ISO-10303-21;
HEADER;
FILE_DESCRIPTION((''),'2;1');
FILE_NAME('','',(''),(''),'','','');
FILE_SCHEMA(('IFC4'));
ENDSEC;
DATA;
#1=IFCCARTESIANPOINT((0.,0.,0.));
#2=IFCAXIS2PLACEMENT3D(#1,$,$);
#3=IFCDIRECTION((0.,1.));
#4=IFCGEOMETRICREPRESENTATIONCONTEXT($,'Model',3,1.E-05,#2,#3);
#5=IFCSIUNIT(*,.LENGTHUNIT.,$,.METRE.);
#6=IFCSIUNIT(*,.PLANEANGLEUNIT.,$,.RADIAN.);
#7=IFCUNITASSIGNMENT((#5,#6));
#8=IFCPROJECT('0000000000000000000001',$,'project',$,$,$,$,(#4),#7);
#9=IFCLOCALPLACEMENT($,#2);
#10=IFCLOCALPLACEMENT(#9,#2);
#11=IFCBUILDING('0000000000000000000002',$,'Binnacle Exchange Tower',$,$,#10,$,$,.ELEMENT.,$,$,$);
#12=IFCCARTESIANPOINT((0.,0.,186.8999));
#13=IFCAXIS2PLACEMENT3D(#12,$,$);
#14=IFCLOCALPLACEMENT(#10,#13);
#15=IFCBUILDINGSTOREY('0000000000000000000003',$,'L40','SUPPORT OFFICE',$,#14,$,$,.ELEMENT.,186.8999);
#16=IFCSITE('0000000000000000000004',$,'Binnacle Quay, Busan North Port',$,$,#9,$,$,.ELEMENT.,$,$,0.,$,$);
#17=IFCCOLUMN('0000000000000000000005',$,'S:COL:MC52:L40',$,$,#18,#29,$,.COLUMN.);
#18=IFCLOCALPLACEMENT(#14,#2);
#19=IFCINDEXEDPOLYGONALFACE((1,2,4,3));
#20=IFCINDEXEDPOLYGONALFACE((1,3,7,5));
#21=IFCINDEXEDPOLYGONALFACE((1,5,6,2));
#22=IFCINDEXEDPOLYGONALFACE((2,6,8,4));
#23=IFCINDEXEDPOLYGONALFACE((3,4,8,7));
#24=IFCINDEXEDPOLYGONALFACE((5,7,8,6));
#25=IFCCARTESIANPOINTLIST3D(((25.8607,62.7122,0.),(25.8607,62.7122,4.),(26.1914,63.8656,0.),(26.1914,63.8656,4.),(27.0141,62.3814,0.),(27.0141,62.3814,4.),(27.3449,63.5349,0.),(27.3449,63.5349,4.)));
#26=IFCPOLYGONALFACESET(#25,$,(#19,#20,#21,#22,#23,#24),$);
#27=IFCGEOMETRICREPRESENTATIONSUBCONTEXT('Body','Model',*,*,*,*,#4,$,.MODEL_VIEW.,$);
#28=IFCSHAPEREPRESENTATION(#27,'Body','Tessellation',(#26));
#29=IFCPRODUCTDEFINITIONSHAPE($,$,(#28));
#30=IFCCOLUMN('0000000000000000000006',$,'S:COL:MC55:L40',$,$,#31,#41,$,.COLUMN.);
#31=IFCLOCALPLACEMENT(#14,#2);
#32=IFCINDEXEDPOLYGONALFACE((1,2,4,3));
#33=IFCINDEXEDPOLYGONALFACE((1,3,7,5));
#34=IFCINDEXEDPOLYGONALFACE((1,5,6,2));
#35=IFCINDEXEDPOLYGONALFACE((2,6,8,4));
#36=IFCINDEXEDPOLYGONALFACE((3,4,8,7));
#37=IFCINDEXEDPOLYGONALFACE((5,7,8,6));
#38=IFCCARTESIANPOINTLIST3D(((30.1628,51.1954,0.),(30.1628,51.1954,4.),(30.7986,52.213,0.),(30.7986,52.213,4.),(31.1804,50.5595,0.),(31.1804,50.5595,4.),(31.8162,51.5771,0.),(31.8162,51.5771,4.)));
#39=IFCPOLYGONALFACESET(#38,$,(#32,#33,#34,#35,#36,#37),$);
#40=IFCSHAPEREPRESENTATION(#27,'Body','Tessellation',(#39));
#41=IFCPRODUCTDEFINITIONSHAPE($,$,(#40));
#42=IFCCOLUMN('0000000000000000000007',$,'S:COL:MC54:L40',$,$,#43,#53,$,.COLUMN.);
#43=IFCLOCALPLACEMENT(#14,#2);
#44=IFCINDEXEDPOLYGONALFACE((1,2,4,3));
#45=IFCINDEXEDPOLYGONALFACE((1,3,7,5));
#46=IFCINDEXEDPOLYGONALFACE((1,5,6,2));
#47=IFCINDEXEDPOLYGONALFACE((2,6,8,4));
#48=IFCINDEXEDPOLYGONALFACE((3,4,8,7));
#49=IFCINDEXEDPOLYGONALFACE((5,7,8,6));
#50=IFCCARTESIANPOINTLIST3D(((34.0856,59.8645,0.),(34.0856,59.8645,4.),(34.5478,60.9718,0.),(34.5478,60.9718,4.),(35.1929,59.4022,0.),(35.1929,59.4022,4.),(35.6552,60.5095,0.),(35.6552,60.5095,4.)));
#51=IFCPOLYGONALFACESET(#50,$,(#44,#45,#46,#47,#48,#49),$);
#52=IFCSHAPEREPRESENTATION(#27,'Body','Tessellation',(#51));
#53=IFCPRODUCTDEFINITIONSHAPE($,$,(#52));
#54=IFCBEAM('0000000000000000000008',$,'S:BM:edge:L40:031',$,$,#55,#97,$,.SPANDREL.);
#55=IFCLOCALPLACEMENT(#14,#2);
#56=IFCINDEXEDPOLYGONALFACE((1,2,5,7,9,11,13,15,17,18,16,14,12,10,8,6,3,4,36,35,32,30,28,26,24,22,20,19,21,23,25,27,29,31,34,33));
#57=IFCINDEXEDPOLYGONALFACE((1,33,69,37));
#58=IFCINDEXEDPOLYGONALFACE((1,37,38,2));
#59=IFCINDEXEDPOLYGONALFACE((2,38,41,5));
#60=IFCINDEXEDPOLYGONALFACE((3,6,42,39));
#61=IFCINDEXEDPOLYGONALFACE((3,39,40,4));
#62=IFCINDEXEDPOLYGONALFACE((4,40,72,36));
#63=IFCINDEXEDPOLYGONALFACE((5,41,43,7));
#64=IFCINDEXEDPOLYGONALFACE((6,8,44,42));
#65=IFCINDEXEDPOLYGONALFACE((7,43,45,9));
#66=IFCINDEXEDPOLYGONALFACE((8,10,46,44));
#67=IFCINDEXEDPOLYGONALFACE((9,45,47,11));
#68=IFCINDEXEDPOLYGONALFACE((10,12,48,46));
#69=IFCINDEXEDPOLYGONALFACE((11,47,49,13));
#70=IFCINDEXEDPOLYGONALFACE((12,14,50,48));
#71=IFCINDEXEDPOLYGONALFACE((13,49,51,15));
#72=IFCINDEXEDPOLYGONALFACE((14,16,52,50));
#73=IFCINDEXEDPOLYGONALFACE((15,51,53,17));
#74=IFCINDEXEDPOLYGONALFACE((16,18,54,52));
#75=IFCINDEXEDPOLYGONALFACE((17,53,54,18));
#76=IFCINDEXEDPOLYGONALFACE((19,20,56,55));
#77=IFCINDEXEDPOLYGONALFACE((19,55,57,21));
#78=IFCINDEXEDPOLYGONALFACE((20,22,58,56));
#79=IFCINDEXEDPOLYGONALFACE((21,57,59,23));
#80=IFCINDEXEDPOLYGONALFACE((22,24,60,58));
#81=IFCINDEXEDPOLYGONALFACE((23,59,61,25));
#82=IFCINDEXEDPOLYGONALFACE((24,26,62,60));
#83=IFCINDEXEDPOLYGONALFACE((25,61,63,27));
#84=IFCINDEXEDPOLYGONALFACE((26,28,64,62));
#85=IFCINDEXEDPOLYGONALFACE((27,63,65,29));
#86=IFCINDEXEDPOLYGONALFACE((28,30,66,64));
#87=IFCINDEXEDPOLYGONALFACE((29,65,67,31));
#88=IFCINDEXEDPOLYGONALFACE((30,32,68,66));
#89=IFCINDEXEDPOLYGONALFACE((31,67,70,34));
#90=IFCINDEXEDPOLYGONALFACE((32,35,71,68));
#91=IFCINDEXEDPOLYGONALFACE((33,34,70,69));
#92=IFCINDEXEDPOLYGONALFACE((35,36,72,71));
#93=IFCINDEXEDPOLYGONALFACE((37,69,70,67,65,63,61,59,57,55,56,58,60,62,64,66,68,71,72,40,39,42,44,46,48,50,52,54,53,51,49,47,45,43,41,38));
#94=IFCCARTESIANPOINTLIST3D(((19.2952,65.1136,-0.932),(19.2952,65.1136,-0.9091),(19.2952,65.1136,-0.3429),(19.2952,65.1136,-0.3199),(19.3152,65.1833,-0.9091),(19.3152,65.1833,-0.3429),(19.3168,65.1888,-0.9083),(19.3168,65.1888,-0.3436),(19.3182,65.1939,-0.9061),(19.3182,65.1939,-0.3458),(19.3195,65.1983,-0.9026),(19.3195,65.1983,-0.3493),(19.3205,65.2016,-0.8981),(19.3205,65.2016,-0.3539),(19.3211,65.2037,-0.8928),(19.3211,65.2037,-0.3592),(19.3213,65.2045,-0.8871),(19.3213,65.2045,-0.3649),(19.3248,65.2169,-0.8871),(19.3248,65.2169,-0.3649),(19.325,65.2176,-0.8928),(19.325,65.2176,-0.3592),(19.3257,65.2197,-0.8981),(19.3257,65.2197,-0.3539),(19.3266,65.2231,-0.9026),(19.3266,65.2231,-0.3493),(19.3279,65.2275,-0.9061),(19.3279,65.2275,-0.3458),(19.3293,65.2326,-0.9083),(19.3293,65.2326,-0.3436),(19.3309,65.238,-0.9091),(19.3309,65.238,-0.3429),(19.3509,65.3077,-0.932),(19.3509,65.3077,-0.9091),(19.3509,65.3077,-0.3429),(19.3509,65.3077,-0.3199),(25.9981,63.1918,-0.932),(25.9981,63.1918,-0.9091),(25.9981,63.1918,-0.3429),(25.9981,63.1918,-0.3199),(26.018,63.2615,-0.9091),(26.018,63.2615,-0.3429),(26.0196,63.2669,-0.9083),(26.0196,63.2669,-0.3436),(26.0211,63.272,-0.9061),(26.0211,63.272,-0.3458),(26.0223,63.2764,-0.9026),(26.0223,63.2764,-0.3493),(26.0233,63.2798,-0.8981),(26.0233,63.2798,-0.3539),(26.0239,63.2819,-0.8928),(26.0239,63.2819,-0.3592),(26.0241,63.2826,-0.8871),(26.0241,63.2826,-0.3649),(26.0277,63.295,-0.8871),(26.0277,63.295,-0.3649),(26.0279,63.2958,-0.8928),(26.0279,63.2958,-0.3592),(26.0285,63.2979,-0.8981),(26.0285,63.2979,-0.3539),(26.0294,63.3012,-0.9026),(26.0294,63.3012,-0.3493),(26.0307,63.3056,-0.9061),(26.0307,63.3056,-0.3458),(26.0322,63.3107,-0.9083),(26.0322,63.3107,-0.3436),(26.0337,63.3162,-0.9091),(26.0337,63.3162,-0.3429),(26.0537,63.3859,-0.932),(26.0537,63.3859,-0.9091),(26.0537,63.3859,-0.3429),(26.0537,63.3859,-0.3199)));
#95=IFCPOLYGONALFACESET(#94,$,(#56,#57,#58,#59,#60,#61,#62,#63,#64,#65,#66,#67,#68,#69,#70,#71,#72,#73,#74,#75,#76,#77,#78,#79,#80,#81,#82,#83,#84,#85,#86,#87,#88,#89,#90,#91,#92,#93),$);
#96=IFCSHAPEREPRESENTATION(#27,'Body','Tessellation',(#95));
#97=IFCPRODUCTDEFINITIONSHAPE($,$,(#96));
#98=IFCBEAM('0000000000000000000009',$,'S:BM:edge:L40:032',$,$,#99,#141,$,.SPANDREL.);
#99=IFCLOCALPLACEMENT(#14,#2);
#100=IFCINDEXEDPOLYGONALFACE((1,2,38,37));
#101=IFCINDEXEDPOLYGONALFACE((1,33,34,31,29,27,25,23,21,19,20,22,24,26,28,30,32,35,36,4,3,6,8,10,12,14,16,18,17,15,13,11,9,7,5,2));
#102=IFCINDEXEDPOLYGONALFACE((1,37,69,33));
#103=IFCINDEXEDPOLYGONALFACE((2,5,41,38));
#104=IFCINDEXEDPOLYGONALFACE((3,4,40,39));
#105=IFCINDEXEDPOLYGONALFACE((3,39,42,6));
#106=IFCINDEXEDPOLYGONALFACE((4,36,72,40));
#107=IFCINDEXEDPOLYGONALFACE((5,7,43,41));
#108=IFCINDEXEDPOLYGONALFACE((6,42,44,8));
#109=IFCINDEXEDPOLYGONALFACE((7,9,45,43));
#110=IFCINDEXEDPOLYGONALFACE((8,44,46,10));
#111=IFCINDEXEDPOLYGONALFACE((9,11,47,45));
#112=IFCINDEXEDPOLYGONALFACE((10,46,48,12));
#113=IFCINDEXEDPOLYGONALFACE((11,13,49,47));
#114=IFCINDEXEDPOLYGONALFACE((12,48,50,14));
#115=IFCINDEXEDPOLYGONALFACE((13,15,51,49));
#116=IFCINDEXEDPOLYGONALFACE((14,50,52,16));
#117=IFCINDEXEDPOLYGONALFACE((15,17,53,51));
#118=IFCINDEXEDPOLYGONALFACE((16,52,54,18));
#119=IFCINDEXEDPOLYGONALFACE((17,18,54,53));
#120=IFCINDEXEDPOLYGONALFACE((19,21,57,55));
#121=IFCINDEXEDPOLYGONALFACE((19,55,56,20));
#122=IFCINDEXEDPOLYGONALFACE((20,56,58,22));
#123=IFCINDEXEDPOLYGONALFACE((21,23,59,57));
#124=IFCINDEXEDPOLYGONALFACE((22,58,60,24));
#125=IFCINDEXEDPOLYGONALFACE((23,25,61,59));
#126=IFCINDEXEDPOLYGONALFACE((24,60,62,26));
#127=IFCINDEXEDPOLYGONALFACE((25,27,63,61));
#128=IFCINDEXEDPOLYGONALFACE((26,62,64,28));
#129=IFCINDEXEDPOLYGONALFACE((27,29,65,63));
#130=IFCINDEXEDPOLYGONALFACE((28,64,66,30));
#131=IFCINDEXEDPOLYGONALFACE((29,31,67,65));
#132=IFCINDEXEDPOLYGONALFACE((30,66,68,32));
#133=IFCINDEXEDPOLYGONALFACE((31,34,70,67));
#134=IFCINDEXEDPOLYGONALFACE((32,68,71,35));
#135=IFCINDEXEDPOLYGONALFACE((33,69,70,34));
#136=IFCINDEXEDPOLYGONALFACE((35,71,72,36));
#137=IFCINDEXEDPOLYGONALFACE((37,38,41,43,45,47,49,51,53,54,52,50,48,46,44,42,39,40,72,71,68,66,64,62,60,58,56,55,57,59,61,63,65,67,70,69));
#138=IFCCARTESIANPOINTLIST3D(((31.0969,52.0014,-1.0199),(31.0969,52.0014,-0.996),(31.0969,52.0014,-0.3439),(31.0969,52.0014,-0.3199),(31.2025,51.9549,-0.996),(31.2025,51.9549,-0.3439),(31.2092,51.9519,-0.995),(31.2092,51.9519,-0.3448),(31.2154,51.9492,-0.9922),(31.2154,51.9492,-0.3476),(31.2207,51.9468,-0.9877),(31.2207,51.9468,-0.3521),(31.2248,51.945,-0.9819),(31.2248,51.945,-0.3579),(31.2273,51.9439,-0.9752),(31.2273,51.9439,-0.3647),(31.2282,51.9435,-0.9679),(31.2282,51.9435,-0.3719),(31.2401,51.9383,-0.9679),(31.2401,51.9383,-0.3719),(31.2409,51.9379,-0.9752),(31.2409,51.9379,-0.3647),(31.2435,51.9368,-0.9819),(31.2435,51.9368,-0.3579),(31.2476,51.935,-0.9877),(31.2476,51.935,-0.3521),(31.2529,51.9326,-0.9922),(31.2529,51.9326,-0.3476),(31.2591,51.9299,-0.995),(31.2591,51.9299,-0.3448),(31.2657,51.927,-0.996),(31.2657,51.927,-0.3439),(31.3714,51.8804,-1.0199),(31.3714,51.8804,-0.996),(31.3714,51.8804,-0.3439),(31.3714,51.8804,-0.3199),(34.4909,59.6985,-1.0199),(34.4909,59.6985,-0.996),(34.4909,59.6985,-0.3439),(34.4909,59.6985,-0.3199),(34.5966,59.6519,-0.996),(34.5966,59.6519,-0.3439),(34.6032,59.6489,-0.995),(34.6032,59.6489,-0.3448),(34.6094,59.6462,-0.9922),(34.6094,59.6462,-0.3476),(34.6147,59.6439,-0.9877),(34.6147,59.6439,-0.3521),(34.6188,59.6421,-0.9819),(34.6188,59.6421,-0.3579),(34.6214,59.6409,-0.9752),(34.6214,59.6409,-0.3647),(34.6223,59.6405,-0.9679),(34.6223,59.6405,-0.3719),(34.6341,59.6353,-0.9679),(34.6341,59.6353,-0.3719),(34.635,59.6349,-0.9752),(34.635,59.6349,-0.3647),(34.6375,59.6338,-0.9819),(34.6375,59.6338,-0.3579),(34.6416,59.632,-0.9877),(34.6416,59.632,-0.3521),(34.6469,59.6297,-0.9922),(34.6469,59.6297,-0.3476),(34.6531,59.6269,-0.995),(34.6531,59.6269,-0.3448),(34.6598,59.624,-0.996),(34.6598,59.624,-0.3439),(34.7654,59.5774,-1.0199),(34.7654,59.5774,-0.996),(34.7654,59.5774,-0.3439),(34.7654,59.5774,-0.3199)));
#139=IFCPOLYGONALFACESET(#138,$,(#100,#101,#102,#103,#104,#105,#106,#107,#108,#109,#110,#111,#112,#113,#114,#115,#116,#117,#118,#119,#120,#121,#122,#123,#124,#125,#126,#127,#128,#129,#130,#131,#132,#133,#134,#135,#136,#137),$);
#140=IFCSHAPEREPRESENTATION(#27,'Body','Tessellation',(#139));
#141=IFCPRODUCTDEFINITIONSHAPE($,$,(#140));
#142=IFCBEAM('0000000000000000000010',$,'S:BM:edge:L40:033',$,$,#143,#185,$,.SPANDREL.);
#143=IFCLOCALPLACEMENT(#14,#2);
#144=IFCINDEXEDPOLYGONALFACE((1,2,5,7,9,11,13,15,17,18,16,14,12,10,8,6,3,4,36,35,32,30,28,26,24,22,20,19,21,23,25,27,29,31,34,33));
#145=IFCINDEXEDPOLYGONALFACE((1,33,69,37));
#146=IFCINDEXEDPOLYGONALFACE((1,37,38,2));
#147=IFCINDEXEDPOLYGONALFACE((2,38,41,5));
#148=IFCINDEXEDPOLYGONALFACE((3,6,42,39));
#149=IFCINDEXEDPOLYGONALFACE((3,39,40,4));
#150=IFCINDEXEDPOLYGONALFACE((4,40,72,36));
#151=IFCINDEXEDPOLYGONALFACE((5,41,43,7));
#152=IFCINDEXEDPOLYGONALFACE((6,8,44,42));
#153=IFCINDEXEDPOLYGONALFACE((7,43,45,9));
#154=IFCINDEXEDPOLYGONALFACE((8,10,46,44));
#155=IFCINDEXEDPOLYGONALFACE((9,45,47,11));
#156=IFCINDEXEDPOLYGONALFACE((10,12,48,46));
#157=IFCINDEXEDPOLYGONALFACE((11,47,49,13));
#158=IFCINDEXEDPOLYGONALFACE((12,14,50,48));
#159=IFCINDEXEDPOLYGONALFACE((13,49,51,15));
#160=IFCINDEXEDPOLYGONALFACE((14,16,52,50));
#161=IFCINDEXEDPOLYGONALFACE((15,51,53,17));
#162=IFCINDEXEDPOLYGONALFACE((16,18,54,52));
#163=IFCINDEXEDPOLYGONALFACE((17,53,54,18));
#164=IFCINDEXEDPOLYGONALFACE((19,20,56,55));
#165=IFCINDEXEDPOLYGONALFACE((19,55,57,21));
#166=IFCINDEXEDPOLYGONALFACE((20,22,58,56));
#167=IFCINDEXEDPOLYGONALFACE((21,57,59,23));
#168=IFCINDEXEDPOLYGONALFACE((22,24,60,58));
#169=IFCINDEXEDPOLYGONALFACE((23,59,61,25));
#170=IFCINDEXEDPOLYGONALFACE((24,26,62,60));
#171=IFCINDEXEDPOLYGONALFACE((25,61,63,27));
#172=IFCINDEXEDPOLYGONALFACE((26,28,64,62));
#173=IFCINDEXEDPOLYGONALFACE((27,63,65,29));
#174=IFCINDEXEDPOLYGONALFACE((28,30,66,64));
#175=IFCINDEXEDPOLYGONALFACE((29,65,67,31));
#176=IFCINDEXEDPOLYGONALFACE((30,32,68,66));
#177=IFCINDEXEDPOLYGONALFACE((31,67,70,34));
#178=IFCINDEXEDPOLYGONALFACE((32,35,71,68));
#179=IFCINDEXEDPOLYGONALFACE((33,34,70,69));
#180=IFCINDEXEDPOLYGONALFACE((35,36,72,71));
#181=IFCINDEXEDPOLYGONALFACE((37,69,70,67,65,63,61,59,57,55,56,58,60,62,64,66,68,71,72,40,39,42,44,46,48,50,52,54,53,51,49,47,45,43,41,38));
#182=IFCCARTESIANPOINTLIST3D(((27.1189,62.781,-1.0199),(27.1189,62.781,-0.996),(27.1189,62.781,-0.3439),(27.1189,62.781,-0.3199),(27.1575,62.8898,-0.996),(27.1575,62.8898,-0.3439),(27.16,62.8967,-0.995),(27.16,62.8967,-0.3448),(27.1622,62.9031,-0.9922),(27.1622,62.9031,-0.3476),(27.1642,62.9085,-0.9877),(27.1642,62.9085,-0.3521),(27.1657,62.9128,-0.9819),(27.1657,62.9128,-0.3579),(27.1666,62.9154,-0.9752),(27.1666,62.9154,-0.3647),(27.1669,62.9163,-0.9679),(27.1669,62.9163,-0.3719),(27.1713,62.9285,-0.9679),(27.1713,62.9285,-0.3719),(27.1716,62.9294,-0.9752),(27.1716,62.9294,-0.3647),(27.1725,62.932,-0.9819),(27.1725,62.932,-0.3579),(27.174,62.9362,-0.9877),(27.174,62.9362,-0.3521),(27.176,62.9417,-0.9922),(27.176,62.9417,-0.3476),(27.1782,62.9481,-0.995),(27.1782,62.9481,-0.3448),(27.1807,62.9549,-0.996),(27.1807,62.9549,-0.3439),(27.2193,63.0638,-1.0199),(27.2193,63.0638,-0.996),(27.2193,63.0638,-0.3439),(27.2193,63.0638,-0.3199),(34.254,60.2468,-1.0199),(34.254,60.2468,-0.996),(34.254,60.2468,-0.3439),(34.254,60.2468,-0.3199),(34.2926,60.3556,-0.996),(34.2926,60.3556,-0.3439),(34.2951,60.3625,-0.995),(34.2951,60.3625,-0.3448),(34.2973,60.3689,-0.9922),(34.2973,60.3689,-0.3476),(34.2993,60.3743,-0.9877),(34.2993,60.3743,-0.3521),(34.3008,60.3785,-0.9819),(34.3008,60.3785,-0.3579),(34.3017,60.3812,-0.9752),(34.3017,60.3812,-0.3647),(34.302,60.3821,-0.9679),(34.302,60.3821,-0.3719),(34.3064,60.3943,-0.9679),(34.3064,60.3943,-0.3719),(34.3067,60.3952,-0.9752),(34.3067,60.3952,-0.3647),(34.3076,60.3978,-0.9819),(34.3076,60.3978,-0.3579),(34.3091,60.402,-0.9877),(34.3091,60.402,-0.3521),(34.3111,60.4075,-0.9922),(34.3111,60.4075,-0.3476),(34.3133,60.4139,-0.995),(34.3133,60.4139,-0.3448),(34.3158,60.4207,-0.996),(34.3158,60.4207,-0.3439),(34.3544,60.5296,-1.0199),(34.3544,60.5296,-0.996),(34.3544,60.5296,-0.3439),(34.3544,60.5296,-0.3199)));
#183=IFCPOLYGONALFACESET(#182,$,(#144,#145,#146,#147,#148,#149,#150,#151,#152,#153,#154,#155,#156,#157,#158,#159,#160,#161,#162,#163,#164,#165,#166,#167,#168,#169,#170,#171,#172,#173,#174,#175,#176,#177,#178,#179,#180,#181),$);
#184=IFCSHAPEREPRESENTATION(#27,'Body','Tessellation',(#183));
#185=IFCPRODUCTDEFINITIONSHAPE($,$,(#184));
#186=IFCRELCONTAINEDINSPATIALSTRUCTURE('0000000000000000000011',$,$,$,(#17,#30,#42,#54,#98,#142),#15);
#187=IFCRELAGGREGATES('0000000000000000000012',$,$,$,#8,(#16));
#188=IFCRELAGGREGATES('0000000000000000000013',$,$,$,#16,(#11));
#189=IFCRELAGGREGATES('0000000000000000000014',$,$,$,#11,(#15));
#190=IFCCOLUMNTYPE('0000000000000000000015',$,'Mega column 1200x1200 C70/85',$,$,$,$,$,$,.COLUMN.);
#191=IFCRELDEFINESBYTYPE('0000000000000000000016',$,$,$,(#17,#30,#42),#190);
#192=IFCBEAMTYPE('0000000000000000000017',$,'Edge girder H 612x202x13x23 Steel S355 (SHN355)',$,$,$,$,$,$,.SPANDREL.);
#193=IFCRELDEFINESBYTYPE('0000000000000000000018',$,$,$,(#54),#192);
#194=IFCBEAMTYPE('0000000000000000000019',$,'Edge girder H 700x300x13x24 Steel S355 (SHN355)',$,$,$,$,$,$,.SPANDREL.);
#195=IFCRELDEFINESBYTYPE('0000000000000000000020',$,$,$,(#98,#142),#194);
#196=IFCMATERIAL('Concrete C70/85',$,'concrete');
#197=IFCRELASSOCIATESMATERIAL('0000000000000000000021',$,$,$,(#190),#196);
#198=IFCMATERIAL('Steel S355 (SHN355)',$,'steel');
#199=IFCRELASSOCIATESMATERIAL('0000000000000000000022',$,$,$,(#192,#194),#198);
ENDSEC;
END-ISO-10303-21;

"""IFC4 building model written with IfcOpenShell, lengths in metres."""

from ifc_helpers import new_model, si_unit, direction, frame, origin, origin_2d, place, context, subcontext, project, spatial, rectangle, i_section, extrude, material, material_profile, profile_set, type_object, element, save


model = new_model("IFC4")

# Units and contexts
model_context = context("Model", 3, precision=1e-05, world=origin(), true_north=direction((0.0, 1.0)))
body_context = subcontext(model_context, "Body", "Model", "MODEL_VIEW")
ifc_project = project(units=[si_unit("LENGTHUNIT", "METRE"), si_unit("PLANEANGLEUNIT", "RADIAN")], contexts=[model_context])

# Site, building, storey
site_placement = place(None, origin())
site = spatial("IfcSite", under=ifc_project, at=site_placement, Name="Binnacle Quay, Busan North Port", CompositionType="ELEMENT", RefElevation=0.0)
building_placement = place(site_placement, origin())
building = spatial("IfcBuilding", under=site, at=building_placement, Name="Binnacle Exchange Tower", CompositionType="ELEMENT")
storey_placement = place(building_placement, frame((0.0, 0.0, 186.8999)))
storey = spatial("IfcBuildingStorey", under=building, at=storey_placement, Name="L40", Description="SUPPORT OFFICE", CompositionType="ELEMENT", Elevation=186.8999)

# Columns
ifc_material_1 = material(Name="Concrete C70/85", Category="concrete")
ifc_material_profile_1 = material_profile(ifc_material_1, rectangle(XDim=1.2, YDim=1.2, at=origin_2d()), Name="Mega column 1200x1200 C70/85")
ifc_profile_set_1 = profile_set([ifc_material_profile_1], Name="Concrete C70/85")
column_type = type_object("IfcColumnType", Name="Mega column 1200x1200 C70/85", PredefinedType="COLUMN", material=ifc_profile_set_1)
for number, where, z_axis, x_axis, name in (
    (1, (26.6028, 63.1235, 0.0), (0.0, 0.0, 1.0), (-0.961262, 0.275637, 0.0), "S:COL:MC52:L40"),
    (2, (30.9895, 51.3862, 0.0), (0.0, 0.0, 1.0), (0.529919, 0.848048, 0.0), "S:COL:MC55:L40"),
    (3, (34.8704, 60.187, 0.0), (0.0, 0.0, 1.0), (-0.922814, 0.385246, 0.0), "S:COL:MC54:L40"),
):
    element("IfcColumn", number, at=place(storey_placement, frame(where, z_axis=z_axis, x_axis=x_axis)), inside=storey, type_object=column_type, Name=name, PredefinedType="COLUMN", context=body_context, shape_type="SweptSolid", body=[
        extrude(rectangle(XDim=1.2, YDim=1.2, at=origin_2d()), origin(), (0.0, 0.0, 1.0), 4.0),
    ])

# Beams
ifc_material_2 = material(Name="Steel S355 (SHN355)", Category="steel")
ifc_material_profile_2 = material_profile(ifc_material_2, i_section(OverallWidth=0.2019, OverallDepth=0.6121, WebThickness=0.0129, FlangeThickness=0.0229, FilletRadius=0.022, at=origin_2d()), Name="H 612x202x13x23")
ifc_profile_set_2 = profile_set([ifc_material_profile_2], Name="Steel S355 (SHN355)")
beam_type_1 = type_object("IfcBeamType", Name="Edge girder H 612x202x13x23 Steel S355 (SHN355)", PredefinedType="SPANDREL", material=ifc_profile_set_2)
beam_1_placement = place(storey_placement, frame((26.0259, 63.2888, -0.626), z_axis=(-0.961267, 0.275618, 0.0), x_axis=(-0.275618, -0.961267, 0.0)))
element("IfcBeam", 4, at=beam_1_placement, inside=storey, type_object=beam_type_1, Name="S:BM:edge:L40:031", PredefinedType="SPANDREL", context=body_context, shape_type="SweptSolid", body=[
    extrude(i_section(OverallWidth=0.2019, OverallDepth=0.6121, WebThickness=0.0129, FlangeThickness=0.0229, FilletRadius=0.022, at=origin_2d()), origin(), (0.0, 0.0, 1.0), 6.9729),
])
ifc_material_profile_3 = material_profile(ifc_material_2, i_section(OverallWidth=0.3, OverallDepth=0.7, WebThickness=0.0129, FlangeThickness=0.0239, FilletRadius=0.0281, at=origin_2d()), Name="H 700x300x13x24")
ifc_profile_set_3 = profile_set([ifc_material_profile_3], Name="Steel S355 (SHN355)")
beam_type_2 = type_object("IfcBeamType", Name="Edge girder H 700x300x13x24 Steel S355 (SHN355)", PredefinedType="SPANDREL", material=ifc_profile_set_3)
beam_2_placement = place(storey_placement, frame((31.2341, 51.9409, -0.6699), z_axis=(0.403471, 0.914992, 0.0), x_axis=(-0.914992, 0.403471, 0.0)))
element("IfcBeam", 5, at=beam_2_placement, inside=storey, type_object=beam_type_2, Name="S:BM:edge:L40:032", PredefinedType="SPANDREL", context=body_context, shape_type="SweptSolid", body=[
    extrude(i_section(OverallWidth=0.3, OverallDepth=0.7, WebThickness=0.0129, FlangeThickness=0.0239, FilletRadius=0.0281, at=origin_2d()), origin(), (0.0, 0.0, 1.0), 8.4121),
])
beam_3_placement = place(storey_placement, frame((34.3042, 60.3882, -0.6699), z_axis=(-0.942328, 0.334692, 0.0), x_axis=(-0.334692, -0.942328, 0.0)))
element("IfcBeam", 6, at=beam_3_placement, inside=storey, type_object=beam_type_2, Name="S:BM:edge:L40:033", PredefinedType="SPANDREL", context=body_context, shape_type="SweptSolid", body=[
    extrude(i_section(OverallWidth=0.3, OverallDepth=0.7, WebThickness=0.0129, FlangeThickness=0.0239, FilletRadius=0.0281, at=origin_2d()), origin(), (0.0, 0.0, 1.0), 7.5718),
])

save(model, "model.ifc")
